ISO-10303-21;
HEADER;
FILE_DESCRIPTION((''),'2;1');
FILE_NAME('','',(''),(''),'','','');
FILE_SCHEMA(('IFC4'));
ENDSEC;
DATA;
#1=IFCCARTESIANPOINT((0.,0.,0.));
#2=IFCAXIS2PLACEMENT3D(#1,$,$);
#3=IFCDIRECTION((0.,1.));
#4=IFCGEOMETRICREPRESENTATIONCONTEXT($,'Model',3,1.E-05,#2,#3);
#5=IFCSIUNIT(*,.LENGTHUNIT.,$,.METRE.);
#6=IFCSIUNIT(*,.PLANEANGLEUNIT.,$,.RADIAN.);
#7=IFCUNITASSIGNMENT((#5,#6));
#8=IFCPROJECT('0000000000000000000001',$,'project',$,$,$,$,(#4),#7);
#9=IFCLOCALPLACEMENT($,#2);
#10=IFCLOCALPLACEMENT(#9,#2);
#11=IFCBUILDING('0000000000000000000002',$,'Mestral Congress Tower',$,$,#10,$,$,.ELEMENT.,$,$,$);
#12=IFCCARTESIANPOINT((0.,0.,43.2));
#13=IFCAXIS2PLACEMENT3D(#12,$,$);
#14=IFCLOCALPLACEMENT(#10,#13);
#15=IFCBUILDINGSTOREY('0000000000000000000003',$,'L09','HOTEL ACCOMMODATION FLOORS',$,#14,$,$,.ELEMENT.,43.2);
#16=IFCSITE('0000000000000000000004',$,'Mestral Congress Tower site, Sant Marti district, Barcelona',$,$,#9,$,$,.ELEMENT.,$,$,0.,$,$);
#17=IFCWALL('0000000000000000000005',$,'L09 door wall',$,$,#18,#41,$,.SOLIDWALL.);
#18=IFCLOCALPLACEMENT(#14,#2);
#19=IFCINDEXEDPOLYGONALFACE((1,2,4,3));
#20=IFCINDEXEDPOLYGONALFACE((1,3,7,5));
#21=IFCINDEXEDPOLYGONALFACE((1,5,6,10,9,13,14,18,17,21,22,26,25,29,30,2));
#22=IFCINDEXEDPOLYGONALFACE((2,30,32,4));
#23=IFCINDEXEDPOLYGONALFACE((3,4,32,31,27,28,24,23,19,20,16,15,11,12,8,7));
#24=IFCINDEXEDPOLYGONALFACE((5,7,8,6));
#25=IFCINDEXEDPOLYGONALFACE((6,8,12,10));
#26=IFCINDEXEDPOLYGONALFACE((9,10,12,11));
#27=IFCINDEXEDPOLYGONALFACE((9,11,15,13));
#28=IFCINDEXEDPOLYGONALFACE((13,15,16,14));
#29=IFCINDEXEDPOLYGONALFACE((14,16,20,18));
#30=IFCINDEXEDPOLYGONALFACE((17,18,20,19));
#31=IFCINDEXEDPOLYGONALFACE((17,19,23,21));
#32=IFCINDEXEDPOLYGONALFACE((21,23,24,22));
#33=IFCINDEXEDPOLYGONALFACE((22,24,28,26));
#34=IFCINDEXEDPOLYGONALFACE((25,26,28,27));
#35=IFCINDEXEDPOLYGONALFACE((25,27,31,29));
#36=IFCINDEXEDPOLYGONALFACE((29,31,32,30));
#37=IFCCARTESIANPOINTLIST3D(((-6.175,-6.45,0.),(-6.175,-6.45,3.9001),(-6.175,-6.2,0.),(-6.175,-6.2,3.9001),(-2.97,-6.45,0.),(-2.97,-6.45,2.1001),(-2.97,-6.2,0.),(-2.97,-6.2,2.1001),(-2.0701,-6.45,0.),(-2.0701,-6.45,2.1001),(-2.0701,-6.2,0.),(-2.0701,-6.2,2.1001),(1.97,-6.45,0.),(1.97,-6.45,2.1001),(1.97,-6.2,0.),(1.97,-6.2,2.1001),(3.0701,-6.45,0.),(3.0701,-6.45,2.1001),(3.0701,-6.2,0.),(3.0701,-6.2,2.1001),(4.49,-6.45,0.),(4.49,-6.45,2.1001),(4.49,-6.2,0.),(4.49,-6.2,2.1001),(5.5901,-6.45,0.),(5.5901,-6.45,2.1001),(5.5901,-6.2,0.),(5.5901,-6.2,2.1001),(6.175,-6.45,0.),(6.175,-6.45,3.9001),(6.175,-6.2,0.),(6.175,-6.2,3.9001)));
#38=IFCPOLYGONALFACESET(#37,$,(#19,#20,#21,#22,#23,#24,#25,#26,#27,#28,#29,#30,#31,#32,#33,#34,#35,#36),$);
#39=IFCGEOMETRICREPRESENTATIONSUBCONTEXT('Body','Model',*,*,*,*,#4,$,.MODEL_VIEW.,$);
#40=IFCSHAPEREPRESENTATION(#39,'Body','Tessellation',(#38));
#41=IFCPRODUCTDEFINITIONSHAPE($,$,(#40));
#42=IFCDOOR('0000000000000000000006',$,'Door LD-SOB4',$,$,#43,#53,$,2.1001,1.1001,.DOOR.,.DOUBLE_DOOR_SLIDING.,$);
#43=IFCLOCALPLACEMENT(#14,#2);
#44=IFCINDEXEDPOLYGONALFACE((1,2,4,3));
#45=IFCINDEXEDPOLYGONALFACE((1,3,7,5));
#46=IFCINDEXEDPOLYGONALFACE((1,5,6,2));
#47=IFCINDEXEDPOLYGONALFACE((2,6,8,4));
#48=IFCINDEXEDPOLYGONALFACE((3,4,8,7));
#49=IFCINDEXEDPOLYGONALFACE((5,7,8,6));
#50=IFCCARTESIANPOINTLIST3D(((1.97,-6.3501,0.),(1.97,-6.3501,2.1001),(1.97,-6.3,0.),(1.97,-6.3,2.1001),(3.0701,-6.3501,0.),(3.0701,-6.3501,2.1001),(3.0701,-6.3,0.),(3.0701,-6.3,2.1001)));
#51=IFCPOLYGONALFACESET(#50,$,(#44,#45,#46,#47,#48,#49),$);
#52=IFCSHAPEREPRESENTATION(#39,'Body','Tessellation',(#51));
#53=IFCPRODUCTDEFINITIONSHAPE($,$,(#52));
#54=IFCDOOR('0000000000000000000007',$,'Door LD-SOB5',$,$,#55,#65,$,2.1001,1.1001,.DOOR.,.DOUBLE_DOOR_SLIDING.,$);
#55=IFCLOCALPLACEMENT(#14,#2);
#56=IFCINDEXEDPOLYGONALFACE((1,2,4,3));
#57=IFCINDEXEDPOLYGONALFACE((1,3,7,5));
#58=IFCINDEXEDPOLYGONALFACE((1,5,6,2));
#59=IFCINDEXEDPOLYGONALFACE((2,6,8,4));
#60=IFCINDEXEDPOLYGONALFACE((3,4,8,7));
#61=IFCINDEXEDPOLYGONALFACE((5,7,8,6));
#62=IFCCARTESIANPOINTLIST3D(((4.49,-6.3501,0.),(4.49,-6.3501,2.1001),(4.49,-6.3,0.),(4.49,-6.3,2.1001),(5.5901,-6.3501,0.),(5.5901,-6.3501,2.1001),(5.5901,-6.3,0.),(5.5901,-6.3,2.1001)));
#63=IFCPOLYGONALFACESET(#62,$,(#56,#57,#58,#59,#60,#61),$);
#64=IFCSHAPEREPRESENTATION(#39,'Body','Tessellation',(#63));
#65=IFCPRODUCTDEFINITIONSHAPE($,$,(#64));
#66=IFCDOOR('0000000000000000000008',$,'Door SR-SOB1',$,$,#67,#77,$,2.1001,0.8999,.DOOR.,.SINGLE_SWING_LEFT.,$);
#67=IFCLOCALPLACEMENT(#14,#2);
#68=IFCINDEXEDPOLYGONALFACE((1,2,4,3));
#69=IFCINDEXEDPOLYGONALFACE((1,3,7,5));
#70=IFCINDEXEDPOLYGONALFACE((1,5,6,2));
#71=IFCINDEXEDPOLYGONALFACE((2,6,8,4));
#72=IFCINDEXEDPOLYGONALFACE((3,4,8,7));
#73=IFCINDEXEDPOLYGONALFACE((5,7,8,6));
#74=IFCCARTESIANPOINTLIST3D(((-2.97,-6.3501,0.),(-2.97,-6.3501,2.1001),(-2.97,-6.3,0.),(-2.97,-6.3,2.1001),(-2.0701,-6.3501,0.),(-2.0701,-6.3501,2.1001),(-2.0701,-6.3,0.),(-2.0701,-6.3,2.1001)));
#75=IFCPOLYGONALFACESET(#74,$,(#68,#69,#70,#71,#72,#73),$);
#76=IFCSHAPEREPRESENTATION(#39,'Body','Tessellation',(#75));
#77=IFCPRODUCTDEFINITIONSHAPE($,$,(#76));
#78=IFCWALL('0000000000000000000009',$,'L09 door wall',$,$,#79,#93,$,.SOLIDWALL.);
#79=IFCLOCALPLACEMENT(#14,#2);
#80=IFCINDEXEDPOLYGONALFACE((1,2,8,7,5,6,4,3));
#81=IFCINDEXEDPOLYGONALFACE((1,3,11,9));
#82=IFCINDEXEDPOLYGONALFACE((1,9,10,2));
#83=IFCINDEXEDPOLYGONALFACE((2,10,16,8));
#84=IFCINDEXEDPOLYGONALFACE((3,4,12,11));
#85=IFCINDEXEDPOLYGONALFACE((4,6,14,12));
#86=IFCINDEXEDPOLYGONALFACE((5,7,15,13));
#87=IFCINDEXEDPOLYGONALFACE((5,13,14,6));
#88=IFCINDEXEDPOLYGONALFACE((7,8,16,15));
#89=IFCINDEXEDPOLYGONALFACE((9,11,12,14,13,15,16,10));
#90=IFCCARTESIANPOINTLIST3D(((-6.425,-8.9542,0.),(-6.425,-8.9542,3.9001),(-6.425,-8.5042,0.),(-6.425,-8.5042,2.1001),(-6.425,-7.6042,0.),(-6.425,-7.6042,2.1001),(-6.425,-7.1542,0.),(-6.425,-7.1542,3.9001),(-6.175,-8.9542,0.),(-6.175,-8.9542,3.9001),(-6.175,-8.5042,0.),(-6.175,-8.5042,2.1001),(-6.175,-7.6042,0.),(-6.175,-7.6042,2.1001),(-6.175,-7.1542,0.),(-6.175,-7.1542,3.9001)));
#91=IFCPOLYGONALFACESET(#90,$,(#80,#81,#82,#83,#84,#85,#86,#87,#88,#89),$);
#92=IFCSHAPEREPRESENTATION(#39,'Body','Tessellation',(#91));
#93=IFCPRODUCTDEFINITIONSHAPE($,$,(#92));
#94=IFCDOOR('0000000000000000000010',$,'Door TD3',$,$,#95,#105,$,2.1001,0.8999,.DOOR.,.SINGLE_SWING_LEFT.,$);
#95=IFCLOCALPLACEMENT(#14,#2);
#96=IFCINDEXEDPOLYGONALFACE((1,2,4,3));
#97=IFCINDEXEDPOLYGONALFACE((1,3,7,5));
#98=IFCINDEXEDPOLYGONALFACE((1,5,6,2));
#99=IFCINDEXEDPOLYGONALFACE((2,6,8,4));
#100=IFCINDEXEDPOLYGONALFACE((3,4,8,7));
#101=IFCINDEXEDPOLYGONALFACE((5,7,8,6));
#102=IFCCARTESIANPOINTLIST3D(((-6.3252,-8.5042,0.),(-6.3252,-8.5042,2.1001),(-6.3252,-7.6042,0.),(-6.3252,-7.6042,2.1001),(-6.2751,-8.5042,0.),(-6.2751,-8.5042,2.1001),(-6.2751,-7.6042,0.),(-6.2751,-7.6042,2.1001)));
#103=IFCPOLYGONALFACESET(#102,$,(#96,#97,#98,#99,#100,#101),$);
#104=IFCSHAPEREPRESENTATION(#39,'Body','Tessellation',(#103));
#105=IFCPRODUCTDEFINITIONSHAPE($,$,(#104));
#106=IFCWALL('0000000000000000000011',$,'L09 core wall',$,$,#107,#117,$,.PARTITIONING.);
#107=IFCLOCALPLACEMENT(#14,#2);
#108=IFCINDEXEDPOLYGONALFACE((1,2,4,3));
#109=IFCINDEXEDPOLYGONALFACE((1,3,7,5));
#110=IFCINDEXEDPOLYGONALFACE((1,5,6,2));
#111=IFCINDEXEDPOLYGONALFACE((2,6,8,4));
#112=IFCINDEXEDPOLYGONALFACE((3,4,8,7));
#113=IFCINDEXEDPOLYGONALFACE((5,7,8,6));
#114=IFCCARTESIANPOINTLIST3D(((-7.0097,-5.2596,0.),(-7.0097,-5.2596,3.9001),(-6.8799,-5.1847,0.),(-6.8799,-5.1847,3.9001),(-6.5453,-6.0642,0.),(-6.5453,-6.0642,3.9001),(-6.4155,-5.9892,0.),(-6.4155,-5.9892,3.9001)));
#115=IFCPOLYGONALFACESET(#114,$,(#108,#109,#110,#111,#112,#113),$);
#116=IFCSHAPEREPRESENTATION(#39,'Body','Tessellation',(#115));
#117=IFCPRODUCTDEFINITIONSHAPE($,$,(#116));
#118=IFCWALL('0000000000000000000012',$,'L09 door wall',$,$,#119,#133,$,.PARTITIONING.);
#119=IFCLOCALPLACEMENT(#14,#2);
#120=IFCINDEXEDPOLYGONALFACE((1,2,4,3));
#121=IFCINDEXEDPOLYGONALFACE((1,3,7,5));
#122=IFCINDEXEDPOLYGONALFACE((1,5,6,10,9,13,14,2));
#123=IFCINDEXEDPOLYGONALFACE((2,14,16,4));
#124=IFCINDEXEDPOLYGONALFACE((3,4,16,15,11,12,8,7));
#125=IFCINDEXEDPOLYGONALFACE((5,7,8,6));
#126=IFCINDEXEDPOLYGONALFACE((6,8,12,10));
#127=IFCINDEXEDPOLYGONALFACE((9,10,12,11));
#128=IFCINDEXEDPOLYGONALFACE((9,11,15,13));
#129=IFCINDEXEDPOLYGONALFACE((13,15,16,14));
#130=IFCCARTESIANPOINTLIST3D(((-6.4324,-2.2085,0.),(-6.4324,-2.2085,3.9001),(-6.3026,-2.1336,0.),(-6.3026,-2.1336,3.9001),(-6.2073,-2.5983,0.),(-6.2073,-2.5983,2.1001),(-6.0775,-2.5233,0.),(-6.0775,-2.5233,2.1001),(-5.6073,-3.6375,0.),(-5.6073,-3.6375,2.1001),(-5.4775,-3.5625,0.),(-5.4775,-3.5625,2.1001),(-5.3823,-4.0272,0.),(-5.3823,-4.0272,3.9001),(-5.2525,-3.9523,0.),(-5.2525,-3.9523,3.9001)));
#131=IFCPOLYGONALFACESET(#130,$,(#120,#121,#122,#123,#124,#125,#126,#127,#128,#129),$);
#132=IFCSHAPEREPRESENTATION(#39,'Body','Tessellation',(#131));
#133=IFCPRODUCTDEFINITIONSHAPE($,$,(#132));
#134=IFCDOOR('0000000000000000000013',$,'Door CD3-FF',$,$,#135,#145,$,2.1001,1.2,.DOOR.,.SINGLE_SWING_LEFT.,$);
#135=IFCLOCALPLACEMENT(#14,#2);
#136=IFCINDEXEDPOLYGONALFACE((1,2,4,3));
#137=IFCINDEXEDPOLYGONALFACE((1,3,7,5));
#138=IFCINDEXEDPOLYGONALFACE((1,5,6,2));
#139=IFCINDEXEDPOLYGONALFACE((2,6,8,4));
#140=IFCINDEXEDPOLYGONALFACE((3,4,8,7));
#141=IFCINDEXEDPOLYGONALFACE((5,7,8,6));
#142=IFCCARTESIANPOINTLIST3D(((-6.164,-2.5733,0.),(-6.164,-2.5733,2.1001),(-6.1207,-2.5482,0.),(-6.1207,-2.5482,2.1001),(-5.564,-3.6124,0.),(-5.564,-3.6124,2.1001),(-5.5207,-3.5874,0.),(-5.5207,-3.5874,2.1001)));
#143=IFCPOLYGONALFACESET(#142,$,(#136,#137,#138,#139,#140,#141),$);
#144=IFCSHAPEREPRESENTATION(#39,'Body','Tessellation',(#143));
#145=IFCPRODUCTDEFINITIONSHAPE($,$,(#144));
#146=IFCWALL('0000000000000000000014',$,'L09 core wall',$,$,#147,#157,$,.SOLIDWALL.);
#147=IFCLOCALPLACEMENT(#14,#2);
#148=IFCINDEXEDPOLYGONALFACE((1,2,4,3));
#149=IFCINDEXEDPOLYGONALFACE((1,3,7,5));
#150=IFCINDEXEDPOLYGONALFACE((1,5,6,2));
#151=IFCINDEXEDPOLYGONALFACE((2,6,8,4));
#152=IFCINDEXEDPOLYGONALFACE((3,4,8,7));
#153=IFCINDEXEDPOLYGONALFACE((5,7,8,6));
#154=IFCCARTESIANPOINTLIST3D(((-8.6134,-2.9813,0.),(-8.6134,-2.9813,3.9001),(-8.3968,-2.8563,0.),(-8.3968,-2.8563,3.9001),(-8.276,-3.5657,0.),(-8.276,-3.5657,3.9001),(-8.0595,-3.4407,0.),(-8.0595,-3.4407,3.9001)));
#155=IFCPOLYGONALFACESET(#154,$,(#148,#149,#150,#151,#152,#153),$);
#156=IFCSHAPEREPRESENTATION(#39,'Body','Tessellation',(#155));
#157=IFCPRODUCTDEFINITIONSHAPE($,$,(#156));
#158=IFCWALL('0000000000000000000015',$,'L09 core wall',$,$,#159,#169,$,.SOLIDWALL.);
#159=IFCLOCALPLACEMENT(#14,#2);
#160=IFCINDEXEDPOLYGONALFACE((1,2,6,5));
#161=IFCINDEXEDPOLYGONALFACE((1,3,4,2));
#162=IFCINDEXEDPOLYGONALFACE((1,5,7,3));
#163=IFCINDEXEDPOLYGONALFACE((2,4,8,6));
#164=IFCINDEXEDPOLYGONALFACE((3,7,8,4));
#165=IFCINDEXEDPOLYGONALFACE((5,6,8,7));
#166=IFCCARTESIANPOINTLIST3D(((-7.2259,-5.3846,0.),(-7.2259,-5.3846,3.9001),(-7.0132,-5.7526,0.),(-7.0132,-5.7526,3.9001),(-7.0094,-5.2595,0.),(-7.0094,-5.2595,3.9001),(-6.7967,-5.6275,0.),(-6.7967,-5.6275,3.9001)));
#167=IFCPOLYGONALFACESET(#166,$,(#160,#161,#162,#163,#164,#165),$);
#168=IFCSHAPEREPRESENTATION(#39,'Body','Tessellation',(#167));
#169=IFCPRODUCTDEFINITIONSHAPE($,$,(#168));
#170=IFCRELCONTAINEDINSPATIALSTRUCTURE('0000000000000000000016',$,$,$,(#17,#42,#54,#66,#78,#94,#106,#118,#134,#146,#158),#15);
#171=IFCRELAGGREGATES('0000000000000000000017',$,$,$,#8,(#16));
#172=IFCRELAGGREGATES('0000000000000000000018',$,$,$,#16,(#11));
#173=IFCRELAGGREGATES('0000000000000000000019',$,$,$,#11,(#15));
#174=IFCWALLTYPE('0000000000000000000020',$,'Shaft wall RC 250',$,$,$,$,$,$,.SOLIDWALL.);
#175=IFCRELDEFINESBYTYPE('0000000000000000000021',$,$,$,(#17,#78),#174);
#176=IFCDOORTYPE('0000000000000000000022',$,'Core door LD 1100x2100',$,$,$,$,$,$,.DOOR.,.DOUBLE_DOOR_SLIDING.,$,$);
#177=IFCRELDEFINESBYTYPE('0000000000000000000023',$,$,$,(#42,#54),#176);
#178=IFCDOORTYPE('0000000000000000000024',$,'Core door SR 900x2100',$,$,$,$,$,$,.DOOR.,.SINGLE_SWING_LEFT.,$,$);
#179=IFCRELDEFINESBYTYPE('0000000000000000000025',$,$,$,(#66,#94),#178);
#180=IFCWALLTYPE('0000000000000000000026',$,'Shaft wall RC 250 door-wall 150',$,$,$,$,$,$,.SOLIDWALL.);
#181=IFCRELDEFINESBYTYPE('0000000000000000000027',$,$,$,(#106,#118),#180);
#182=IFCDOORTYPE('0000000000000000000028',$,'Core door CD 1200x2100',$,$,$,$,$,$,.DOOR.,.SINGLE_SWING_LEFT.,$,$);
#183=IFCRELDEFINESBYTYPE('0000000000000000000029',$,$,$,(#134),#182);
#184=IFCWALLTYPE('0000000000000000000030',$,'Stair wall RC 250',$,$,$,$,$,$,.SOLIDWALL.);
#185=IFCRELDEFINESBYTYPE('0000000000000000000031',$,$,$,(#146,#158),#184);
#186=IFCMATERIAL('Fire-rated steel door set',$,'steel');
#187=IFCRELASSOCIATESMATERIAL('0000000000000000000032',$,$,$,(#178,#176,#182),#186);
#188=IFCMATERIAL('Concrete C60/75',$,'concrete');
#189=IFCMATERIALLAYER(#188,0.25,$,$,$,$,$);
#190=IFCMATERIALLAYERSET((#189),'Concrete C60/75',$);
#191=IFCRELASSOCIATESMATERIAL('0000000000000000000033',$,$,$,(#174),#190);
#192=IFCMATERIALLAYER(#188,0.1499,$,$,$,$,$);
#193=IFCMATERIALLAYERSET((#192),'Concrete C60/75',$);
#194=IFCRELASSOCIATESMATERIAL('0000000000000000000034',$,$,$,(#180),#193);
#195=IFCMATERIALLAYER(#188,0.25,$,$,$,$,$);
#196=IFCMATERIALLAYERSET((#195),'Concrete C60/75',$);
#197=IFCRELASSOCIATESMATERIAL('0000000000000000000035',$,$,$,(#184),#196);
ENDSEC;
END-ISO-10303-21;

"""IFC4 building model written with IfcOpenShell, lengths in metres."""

from ifc_helpers import new_model, si_unit, direction, frame, frame_2d, origin, place, context, subcontext, project, spatial, rectangle, extrude, material, layer, layer_set, type_object, element, fill, save


model = new_model("IFC4")

# Units and contexts
model_context = context("Model", 3, precision=1e-05, world=origin(), true_north=direction((0.0, 1.0)))
body_context = subcontext(model_context, "Body", "Model", "MODEL_VIEW")
ifc_project = project(units=[si_unit("LENGTHUNIT", "METRE"), si_unit("PLANEANGLEUNIT", "RADIAN")], contexts=[model_context])

# Site, building, storey
site_placement = place(None, origin())
site = spatial("IfcSite", under=ifc_project, at=site_placement, Name="Mestral Congress Tower site, Sant Marti district, Barcelona", CompositionType="ELEMENT", RefElevation=0.0)
building_placement = place(site_placement, origin())
building = spatial("IfcBuilding", under=site, at=building_placement, Name="Mestral Congress Tower", CompositionType="ELEMENT")
storey_placement = place(building_placement, frame((0.0, 0.0, 43.2)))
storey = spatial("IfcBuildingStorey", under=building, at=storey_placement, Name="L09", Description="HOTEL ACCOMMODATION FLOORS", CompositionType="ELEMENT", Elevation=43.2)

# Shared definitions
ifc_material_1 = material(Name="Fire-rated steel door set", Category="steel")
door_type_1 = type_object("IfcDoorType", Name="Core door SR 900x2100", OperationType="SINGLE_SWING_LEFT", PredefinedType="DOOR", material=ifc_material_1)

# Shared definitions
ifc_material_2 = material(Name="Concrete C60/75", Category="concrete")
ifc_layer_1 = layer(ifc_material_2, 0.25)
ifc_layer_set_1 = layer_set([ifc_layer_1], Name="Concrete C60/75")
wall_type_1 = type_object("IfcWallType", Name="Shaft wall RC 250", PredefinedType="SOLIDWALL", material=ifc_layer_set_1)

# Wall, openings, doors
door_type_2 = type_object("IfcDoorType", Name="Core door LD 1100x2100", OperationType="DOUBLE_DOOR_SLIDING", PredefinedType="DOOR", material=ifc_material_1)
wall_1_placement = place(storey_placement, frame((-6.175, -6.325, 0.0), z_axis=(0.0, 0.0, 1.0), x_axis=(1.0, 0.0, 0.0)))
wall_1 = element("IfcWall", 1, at=wall_1_placement, inside=storey, type_object=wall_type_1, Name="L09 door wall", PredefinedType="SOLIDWALL", context=body_context, shape_type="SweptSolid", body=[
    extrude(rectangle(XDim=12.3501, YDim=0.25, at=frame_2d((6.175, 0.0))), origin(), (0.0, 0.0, 1.0), 3.9001),
])
opening_1_placement = place(wall_1_placement, frame((3.2051, 0.0, 0.0)))
opening_1 = element("IfcOpeningElement", 2, at=opening_1_placement, cuts=wall_1, PredefinedType="OPENING", context=body_context, shape_type="SweptSolid", body=[
    extrude(rectangle(XDim=0.8999, YDim=2.1001, at=frame_2d((0.45, 1.05))), frame((0.0, 0.135, 0.0), z_axis=(0.0, -1.0, 0.0), x_axis=(1.0, 0.0, 0.0)), (0.0, 0.0, 1.0), 0.27),
])
opening_2_placement = place(wall_1_placement, frame((8.145, 0.0, 0.0)))
opening_2 = element("IfcOpeningElement", 3, at=opening_2_placement, cuts=wall_1, PredefinedType="OPENING", context=body_context, shape_type="SweptSolid", body=[
    extrude(rectangle(XDim=1.1001, YDim=2.1001, at=frame_2d((0.55, 1.05))), frame((0.0, 0.135, 0.0), z_axis=(0.0, -1.0, 0.0), x_axis=(1.0, 0.0, 0.0)), (0.0, 0.0, 1.0), 0.27),
])
opening_3_placement = place(wall_1_placement, frame((10.665, 0.0, 0.0)))
opening_3 = element("IfcOpeningElement", 4, at=opening_3_placement, cuts=wall_1, PredefinedType="OPENING", context=body_context, shape_type="SweptSolid", body=[
    extrude(rectangle(XDim=1.1001, YDim=2.1001, at=frame_2d((0.55, 1.05))), frame((0.0, 0.135, 0.0), z_axis=(0.0, -1.0, 0.0), x_axis=(1.0, 0.0, 0.0)), (0.0, 0.0, 1.0), 0.27),
])
door_1_placement = place(opening_2_placement, origin())
door_1 = element("IfcDoor", 5, at=door_1_placement, inside=storey, type_object=door_type_2, Name="Door LD-SOB4", OperationType="DOUBLE_DOOR_SLIDING", OverallHeight=2.1001, OverallWidth=1.1001, PredefinedType="DOOR", context=body_context, shape_type="SweptSolid", body=[
    extrude(rectangle(XDim=1.1001, YDim=2.1001, at=frame_2d((0.55, 1.05))), frame((0.0, 0.0249, 0.0), z_axis=(0.0, -1.0, 0.0), x_axis=(1.0, 0.0, 0.0)), (0.0, 0.0, 1.0), 0.05),
])
fill(opening_2, door_1)
door_2_placement = place(opening_3_placement, origin())
door_2 = element("IfcDoor", 6, at=door_2_placement, inside=storey, type_object=door_type_2, Name="Door LD-SOB5", OperationType="DOUBLE_DOOR_SLIDING", OverallHeight=2.1001, OverallWidth=1.1001, PredefinedType="DOOR", context=body_context, shape_type="SweptSolid", body=[
    extrude(rectangle(XDim=1.1001, YDim=2.1001, at=frame_2d((0.55, 1.05))), frame((0.0, 0.0249, 0.0), z_axis=(0.0, -1.0, 0.0), x_axis=(1.0, 0.0, 0.0)), (0.0, 0.0, 1.0), 0.05),
])
fill(opening_3, door_2)
door_3_placement = place(opening_1_placement, origin())
door_3 = element("IfcDoor", 7, at=door_3_placement, inside=storey, type_object=door_type_1, Name="Door SR-SOB1", OperationType="SINGLE_SWING_LEFT", OverallHeight=2.1001, OverallWidth=0.8999, PredefinedType="DOOR", context=body_context, shape_type="SweptSolid", body=[
    extrude(rectangle(XDim=0.8999, YDim=2.1001, at=frame_2d((0.45, 1.05))), frame((0.0, 0.0249, 0.0), z_axis=(0.0, -1.0, 0.0), x_axis=(1.0, 0.0, 0.0)), (0.0, 0.0, 1.0), 0.05),
])
fill(opening_1, door_3)

# Wall, opening, door
wall_2_placement = place(storey_placement, frame((-6.3, -7.1543, 0.0), z_axis=(0.0, 0.0, 1.0), x_axis=(0.0, -1.0, 0.0)))
wall_2 = element("IfcWall", 8, at=wall_2_placement, inside=storey, type_object=wall_type_1, Name="L09 door wall", PredefinedType="SOLIDWALL", context=body_context, shape_type="SweptSolid", body=[
    extrude(rectangle(XDim=1.8, YDim=0.25, at=frame_2d((0.8999, 0.0))), origin(), (0.0, 0.0, 1.0), 3.9001),
])
opening_4_placement = place(wall_2_placement, frame((0.45, 0.0, 0.0)))
opening_4 = element("IfcOpeningElement", 9, at=opening_4_placement, cuts=wall_2, PredefinedType="OPENING", context=body_context, shape_type="SweptSolid", body=[
    extrude(rectangle(XDim=0.8999, YDim=2.1001, at=frame_2d((0.45, 1.05))), frame((0.0, 0.135, 0.0), z_axis=(0.0, -1.0, 0.0), x_axis=(1.0, 0.0, 0.0)), (0.0, 0.0, 1.0), 0.27),
])
door_4_placement = place(opening_4_placement, origin())
door_4 = element("IfcDoor", 10, at=door_4_placement, inside=storey, type_object=door_type_1, Name="Door TD3", OperationType="SINGLE_SWING_LEFT", OverallHeight=2.1001, OverallWidth=0.8999, PredefinedType="DOOR", context=body_context, shape_type="SweptSolid", body=[
    extrude(rectangle(XDim=0.8999, YDim=2.1001, at=frame_2d((0.45, 1.05))), frame((0.0, 0.0249, 0.0), z_axis=(0.0, -1.0, 0.0), x_axis=(1.0, 0.0, 0.0)), (0.0, 0.0, 1.0), 0.05),
])
fill(opening_4, door_4)

# Wall
ifc_layer_2 = layer(ifc_material_2, 0.1499)
ifc_layer_set_2 = layer_set([ifc_layer_2], Name="Concrete C60/75")
wall_type_2 = type_object("IfcWallType", Name="Shaft wall RC 250 door-wall 150", PredefinedType="SOLIDWALL", material=ifc_layer_set_2)
wall_3_placement = place(storey_placement, frame((-6.4805, -6.0266, 0.0), z_axis=(0.0, 0.0, 1.0), x_axis=(-0.499927, 0.866067, 0.0)))
element("IfcWall", 11, at=wall_3_placement, inside=storey, type_object=wall_type_2, Name="L09 core wall", PredefinedType="PARTITIONING", context=body_context, shape_type="SweptSolid", body=[
    extrude(rectangle(XDim=0.929, YDim=0.1499, at=frame_2d((0.4644, 0.0))), origin(), (0.0, 0.0, 1.0), 3.9001),
])

# Wall, opening, door
wall_4_placement = place(storey_placement, frame((-5.3174, -3.9897, 0.0), z_axis=(0.0, 0.0, 1.0), x_axis=(-0.500028, 0.866009, 0.0)))
wall_4 = element("IfcWall", 12, at=wall_4_placement, inside=storey, type_object=wall_type_2, Name="L09 door wall", PredefinedType="PARTITIONING", context=body_context, shape_type="SweptSolid", body=[
    extrude(rectangle(XDim=2.1001, YDim=0.1499, at=frame_2d((1.05, 0.0))), origin(), (0.0, 0.0, 1.0), 3.9001),
])
opening_5_placement = place(wall_4_placement, frame((0.45, 0.0, 0.0)))
opening_5 = element("IfcOpeningElement", 13, at=opening_5_placement, cuts=wall_4, PredefinedType="OPENING", context=body_context, shape_type="SweptSolid", body=[
    extrude(rectangle(XDim=1.2, YDim=2.1001, at=frame_2d((0.6001, 1.05))), frame((0.0, 0.085, 0.0), z_axis=(0.0, -1.0, 0.0), x_axis=(1.0, 0.0, 0.0)), (0.0, 0.0, 1.0), 0.1699),
])
door_type_3 = type_object("IfcDoorType", Name="Core door CD 1200x2100", OperationType="SINGLE_SWING_LEFT", PredefinedType="DOOR", material=ifc_material_1)
door_5_placement = place(opening_5_placement, origin())
door_5 = element("IfcDoor", 14, at=door_5_placement, inside=storey, type_object=door_type_3, Name="Door CD3-FF", OperationType="SINGLE_SWING_LEFT", OverallHeight=2.1001, OverallWidth=1.2, PredefinedType="DOOR", context=body_context, shape_type="SweptSolid", body=[
    extrude(rectangle(XDim=1.2, YDim=2.1001, at=frame_2d((0.6001, 1.05))), frame((0.0, 0.0249, 0.0), z_axis=(0.0, -1.0, 0.0), x_axis=(1.0, 0.0, 0.0)), (0.0, 0.0, 1.0), 0.05),
])
fill(opening_5, door_5)

# Walls
ifc_layer_3 = layer(ifc_material_2, 0.25)
ifc_layer_set_3 = layer_set([ifc_layer_3], Name="Concrete C60/75")
wall_type_3 = type_object("IfcWallType", Name="Stair wall RC 250", PredefinedType="SOLIDWALL", material=ifc_layer_set_3)
wall_5_placement = place(storey_placement, frame((-8.1677, -3.5032, 0.0), z_axis=(0.0, 0.0, 1.0), x_axis=(-0.499952, 0.866053, 0.0)))
element("IfcWall", 15, at=wall_5_placement, inside=storey, type_object=wall_type_3, Name="L09 core wall", PredefinedType="SOLIDWALL", context=body_context, shape_type="SweptSolid", body=[
    extrude(rectangle(XDim=0.6748, YDim=0.25, at=frame_2d((0.3374, 0.0))), origin(), (0.0, 0.0, 1.0), 3.9001),
])
wall_6_placement = place(storey_placement, frame((-6.905, -5.6899, 0.0), z_axis=(0.0, 0.0, 1.0), x_axis=(-0.500402, 0.865793, 0.0)))
element("IfcWall", 16, at=wall_6_placement, inside=storey, type_object=wall_type_3, Name="L09 core wall", PredefinedType="SOLIDWALL", context=body_context, shape_type="SweptSolid", body=[
    extrude(rectangle(XDim=0.425, YDim=0.25, at=frame_2d((0.2124, 0.0))), origin(), (0.0, 0.0, 1.0), 3.9001),
])

save(model, "model.ifc")
